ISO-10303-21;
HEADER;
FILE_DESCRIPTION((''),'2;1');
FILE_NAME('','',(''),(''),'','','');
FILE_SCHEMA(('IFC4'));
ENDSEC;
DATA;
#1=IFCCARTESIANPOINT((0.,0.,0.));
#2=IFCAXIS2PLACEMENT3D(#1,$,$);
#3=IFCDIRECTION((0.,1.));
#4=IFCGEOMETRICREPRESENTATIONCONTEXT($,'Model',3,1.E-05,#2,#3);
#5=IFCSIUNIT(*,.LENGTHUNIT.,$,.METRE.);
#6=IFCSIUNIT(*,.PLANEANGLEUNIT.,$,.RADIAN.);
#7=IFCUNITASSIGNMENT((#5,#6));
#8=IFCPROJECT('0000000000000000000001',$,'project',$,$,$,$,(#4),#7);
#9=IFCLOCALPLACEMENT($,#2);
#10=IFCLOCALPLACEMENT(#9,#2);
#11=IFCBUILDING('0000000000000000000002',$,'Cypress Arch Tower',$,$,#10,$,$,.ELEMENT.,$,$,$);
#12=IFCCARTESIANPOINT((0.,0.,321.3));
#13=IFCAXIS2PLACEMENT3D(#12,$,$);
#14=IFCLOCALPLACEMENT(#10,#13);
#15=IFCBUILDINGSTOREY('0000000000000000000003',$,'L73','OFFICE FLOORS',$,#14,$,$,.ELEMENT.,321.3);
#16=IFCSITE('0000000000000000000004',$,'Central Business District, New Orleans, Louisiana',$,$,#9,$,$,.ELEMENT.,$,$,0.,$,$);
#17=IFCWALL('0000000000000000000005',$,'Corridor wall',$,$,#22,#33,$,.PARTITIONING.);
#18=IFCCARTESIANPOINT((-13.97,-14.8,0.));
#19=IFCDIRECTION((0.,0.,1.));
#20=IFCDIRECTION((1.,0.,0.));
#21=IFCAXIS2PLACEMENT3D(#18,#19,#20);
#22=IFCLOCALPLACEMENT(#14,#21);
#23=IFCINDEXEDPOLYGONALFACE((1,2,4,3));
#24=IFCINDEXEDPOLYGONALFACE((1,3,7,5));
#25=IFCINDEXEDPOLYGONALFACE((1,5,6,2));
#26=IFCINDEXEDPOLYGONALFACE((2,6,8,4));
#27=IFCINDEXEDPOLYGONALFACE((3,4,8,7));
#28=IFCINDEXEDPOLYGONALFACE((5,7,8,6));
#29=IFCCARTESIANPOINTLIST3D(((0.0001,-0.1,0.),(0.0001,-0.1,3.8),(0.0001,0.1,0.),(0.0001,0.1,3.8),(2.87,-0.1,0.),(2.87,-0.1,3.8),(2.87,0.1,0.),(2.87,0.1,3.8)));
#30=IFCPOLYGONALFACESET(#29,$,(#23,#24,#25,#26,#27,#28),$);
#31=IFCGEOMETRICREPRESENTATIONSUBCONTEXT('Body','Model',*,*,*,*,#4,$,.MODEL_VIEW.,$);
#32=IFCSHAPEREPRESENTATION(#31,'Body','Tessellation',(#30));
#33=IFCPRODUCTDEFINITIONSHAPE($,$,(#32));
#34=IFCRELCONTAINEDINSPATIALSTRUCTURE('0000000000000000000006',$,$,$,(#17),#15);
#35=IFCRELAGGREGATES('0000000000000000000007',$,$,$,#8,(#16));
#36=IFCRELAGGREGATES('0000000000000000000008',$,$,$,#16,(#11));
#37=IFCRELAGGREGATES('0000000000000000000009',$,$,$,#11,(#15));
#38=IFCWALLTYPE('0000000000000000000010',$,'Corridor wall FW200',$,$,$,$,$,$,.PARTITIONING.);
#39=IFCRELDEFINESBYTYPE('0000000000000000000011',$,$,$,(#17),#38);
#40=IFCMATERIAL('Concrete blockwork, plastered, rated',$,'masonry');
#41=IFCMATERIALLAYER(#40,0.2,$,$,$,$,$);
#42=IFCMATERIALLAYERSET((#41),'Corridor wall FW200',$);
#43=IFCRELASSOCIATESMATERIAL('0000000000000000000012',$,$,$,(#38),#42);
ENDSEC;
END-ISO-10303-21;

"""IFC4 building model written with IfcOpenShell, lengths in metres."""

from ifc_helpers import new_model, si_unit, direction, frame, frame_2d, origin, place, context, subcontext, project, spatial, rectangle, extrude, material, layer, layer_set, type_object, element, save


model = new_model("IFC4")

# Units and contexts
model_context = context("Model", 3, precision=1e-05, world=origin(), true_north=direction((0.0, 1.0)))
body_context = subcontext(model_context, "Body", "Model", "MODEL_VIEW")
ifc_project = project(units=[si_unit("LENGTHUNIT", "METRE"), si_unit("PLANEANGLEUNIT", "RADIAN")], contexts=[model_context])

# Site, building, storey
site_placement = place(None, origin())
site = spatial("IfcSite", under=ifc_project, at=site_placement, Name="Central Business District, New Orleans, Louisiana", CompositionType="ELEMENT", RefElevation=0.0)
building_placement = place(site_placement, origin())
building = spatial("IfcBuilding", under=site, at=building_placement, Name="Cypress Arch Tower", CompositionType="ELEMENT")
storey_placement = place(building_placement, frame((0.0, 0.0, 321.3)))
storey = spatial("IfcBuildingStorey", under=building, at=storey_placement, Name="L73", Description="OFFICE FLOORS", CompositionType="ELEMENT", Elevation=321.3)

# Wall
ifc_material_1 = material(Name="Concrete blockwork, plastered, rated", Category="masonry")
ifc_layer_1 = layer(ifc_material_1, 0.2)
ifc_layer_set_1 = layer_set([ifc_layer_1], Name="Corridor wall FW200")
wall_type_1 = type_object("IfcWallType", Name="Corridor wall FW200", PredefinedType="PARTITIONING", material=ifc_layer_set_1)
wall_1_placement = place(storey_placement, frame((-13.97, -14.8, 0.0), z_axis=(0.0, 0.0, 1.0), x_axis=(1.0, 0.0, 0.0)))
element("IfcWall", 1, at=wall_1_placement, inside=storey, type_object=wall_type_1, Name="Corridor wall", PredefinedType="PARTITIONING", context=body_context, shape_type="SweptSolid", body=[
    extrude(rectangle(XDim=2.8699, YDim=0.2, at=frame_2d((1.4351, 0.0))), origin(), (0.0, 0.0, 1.0), 3.8),
])

save(model, "model.ifc")
